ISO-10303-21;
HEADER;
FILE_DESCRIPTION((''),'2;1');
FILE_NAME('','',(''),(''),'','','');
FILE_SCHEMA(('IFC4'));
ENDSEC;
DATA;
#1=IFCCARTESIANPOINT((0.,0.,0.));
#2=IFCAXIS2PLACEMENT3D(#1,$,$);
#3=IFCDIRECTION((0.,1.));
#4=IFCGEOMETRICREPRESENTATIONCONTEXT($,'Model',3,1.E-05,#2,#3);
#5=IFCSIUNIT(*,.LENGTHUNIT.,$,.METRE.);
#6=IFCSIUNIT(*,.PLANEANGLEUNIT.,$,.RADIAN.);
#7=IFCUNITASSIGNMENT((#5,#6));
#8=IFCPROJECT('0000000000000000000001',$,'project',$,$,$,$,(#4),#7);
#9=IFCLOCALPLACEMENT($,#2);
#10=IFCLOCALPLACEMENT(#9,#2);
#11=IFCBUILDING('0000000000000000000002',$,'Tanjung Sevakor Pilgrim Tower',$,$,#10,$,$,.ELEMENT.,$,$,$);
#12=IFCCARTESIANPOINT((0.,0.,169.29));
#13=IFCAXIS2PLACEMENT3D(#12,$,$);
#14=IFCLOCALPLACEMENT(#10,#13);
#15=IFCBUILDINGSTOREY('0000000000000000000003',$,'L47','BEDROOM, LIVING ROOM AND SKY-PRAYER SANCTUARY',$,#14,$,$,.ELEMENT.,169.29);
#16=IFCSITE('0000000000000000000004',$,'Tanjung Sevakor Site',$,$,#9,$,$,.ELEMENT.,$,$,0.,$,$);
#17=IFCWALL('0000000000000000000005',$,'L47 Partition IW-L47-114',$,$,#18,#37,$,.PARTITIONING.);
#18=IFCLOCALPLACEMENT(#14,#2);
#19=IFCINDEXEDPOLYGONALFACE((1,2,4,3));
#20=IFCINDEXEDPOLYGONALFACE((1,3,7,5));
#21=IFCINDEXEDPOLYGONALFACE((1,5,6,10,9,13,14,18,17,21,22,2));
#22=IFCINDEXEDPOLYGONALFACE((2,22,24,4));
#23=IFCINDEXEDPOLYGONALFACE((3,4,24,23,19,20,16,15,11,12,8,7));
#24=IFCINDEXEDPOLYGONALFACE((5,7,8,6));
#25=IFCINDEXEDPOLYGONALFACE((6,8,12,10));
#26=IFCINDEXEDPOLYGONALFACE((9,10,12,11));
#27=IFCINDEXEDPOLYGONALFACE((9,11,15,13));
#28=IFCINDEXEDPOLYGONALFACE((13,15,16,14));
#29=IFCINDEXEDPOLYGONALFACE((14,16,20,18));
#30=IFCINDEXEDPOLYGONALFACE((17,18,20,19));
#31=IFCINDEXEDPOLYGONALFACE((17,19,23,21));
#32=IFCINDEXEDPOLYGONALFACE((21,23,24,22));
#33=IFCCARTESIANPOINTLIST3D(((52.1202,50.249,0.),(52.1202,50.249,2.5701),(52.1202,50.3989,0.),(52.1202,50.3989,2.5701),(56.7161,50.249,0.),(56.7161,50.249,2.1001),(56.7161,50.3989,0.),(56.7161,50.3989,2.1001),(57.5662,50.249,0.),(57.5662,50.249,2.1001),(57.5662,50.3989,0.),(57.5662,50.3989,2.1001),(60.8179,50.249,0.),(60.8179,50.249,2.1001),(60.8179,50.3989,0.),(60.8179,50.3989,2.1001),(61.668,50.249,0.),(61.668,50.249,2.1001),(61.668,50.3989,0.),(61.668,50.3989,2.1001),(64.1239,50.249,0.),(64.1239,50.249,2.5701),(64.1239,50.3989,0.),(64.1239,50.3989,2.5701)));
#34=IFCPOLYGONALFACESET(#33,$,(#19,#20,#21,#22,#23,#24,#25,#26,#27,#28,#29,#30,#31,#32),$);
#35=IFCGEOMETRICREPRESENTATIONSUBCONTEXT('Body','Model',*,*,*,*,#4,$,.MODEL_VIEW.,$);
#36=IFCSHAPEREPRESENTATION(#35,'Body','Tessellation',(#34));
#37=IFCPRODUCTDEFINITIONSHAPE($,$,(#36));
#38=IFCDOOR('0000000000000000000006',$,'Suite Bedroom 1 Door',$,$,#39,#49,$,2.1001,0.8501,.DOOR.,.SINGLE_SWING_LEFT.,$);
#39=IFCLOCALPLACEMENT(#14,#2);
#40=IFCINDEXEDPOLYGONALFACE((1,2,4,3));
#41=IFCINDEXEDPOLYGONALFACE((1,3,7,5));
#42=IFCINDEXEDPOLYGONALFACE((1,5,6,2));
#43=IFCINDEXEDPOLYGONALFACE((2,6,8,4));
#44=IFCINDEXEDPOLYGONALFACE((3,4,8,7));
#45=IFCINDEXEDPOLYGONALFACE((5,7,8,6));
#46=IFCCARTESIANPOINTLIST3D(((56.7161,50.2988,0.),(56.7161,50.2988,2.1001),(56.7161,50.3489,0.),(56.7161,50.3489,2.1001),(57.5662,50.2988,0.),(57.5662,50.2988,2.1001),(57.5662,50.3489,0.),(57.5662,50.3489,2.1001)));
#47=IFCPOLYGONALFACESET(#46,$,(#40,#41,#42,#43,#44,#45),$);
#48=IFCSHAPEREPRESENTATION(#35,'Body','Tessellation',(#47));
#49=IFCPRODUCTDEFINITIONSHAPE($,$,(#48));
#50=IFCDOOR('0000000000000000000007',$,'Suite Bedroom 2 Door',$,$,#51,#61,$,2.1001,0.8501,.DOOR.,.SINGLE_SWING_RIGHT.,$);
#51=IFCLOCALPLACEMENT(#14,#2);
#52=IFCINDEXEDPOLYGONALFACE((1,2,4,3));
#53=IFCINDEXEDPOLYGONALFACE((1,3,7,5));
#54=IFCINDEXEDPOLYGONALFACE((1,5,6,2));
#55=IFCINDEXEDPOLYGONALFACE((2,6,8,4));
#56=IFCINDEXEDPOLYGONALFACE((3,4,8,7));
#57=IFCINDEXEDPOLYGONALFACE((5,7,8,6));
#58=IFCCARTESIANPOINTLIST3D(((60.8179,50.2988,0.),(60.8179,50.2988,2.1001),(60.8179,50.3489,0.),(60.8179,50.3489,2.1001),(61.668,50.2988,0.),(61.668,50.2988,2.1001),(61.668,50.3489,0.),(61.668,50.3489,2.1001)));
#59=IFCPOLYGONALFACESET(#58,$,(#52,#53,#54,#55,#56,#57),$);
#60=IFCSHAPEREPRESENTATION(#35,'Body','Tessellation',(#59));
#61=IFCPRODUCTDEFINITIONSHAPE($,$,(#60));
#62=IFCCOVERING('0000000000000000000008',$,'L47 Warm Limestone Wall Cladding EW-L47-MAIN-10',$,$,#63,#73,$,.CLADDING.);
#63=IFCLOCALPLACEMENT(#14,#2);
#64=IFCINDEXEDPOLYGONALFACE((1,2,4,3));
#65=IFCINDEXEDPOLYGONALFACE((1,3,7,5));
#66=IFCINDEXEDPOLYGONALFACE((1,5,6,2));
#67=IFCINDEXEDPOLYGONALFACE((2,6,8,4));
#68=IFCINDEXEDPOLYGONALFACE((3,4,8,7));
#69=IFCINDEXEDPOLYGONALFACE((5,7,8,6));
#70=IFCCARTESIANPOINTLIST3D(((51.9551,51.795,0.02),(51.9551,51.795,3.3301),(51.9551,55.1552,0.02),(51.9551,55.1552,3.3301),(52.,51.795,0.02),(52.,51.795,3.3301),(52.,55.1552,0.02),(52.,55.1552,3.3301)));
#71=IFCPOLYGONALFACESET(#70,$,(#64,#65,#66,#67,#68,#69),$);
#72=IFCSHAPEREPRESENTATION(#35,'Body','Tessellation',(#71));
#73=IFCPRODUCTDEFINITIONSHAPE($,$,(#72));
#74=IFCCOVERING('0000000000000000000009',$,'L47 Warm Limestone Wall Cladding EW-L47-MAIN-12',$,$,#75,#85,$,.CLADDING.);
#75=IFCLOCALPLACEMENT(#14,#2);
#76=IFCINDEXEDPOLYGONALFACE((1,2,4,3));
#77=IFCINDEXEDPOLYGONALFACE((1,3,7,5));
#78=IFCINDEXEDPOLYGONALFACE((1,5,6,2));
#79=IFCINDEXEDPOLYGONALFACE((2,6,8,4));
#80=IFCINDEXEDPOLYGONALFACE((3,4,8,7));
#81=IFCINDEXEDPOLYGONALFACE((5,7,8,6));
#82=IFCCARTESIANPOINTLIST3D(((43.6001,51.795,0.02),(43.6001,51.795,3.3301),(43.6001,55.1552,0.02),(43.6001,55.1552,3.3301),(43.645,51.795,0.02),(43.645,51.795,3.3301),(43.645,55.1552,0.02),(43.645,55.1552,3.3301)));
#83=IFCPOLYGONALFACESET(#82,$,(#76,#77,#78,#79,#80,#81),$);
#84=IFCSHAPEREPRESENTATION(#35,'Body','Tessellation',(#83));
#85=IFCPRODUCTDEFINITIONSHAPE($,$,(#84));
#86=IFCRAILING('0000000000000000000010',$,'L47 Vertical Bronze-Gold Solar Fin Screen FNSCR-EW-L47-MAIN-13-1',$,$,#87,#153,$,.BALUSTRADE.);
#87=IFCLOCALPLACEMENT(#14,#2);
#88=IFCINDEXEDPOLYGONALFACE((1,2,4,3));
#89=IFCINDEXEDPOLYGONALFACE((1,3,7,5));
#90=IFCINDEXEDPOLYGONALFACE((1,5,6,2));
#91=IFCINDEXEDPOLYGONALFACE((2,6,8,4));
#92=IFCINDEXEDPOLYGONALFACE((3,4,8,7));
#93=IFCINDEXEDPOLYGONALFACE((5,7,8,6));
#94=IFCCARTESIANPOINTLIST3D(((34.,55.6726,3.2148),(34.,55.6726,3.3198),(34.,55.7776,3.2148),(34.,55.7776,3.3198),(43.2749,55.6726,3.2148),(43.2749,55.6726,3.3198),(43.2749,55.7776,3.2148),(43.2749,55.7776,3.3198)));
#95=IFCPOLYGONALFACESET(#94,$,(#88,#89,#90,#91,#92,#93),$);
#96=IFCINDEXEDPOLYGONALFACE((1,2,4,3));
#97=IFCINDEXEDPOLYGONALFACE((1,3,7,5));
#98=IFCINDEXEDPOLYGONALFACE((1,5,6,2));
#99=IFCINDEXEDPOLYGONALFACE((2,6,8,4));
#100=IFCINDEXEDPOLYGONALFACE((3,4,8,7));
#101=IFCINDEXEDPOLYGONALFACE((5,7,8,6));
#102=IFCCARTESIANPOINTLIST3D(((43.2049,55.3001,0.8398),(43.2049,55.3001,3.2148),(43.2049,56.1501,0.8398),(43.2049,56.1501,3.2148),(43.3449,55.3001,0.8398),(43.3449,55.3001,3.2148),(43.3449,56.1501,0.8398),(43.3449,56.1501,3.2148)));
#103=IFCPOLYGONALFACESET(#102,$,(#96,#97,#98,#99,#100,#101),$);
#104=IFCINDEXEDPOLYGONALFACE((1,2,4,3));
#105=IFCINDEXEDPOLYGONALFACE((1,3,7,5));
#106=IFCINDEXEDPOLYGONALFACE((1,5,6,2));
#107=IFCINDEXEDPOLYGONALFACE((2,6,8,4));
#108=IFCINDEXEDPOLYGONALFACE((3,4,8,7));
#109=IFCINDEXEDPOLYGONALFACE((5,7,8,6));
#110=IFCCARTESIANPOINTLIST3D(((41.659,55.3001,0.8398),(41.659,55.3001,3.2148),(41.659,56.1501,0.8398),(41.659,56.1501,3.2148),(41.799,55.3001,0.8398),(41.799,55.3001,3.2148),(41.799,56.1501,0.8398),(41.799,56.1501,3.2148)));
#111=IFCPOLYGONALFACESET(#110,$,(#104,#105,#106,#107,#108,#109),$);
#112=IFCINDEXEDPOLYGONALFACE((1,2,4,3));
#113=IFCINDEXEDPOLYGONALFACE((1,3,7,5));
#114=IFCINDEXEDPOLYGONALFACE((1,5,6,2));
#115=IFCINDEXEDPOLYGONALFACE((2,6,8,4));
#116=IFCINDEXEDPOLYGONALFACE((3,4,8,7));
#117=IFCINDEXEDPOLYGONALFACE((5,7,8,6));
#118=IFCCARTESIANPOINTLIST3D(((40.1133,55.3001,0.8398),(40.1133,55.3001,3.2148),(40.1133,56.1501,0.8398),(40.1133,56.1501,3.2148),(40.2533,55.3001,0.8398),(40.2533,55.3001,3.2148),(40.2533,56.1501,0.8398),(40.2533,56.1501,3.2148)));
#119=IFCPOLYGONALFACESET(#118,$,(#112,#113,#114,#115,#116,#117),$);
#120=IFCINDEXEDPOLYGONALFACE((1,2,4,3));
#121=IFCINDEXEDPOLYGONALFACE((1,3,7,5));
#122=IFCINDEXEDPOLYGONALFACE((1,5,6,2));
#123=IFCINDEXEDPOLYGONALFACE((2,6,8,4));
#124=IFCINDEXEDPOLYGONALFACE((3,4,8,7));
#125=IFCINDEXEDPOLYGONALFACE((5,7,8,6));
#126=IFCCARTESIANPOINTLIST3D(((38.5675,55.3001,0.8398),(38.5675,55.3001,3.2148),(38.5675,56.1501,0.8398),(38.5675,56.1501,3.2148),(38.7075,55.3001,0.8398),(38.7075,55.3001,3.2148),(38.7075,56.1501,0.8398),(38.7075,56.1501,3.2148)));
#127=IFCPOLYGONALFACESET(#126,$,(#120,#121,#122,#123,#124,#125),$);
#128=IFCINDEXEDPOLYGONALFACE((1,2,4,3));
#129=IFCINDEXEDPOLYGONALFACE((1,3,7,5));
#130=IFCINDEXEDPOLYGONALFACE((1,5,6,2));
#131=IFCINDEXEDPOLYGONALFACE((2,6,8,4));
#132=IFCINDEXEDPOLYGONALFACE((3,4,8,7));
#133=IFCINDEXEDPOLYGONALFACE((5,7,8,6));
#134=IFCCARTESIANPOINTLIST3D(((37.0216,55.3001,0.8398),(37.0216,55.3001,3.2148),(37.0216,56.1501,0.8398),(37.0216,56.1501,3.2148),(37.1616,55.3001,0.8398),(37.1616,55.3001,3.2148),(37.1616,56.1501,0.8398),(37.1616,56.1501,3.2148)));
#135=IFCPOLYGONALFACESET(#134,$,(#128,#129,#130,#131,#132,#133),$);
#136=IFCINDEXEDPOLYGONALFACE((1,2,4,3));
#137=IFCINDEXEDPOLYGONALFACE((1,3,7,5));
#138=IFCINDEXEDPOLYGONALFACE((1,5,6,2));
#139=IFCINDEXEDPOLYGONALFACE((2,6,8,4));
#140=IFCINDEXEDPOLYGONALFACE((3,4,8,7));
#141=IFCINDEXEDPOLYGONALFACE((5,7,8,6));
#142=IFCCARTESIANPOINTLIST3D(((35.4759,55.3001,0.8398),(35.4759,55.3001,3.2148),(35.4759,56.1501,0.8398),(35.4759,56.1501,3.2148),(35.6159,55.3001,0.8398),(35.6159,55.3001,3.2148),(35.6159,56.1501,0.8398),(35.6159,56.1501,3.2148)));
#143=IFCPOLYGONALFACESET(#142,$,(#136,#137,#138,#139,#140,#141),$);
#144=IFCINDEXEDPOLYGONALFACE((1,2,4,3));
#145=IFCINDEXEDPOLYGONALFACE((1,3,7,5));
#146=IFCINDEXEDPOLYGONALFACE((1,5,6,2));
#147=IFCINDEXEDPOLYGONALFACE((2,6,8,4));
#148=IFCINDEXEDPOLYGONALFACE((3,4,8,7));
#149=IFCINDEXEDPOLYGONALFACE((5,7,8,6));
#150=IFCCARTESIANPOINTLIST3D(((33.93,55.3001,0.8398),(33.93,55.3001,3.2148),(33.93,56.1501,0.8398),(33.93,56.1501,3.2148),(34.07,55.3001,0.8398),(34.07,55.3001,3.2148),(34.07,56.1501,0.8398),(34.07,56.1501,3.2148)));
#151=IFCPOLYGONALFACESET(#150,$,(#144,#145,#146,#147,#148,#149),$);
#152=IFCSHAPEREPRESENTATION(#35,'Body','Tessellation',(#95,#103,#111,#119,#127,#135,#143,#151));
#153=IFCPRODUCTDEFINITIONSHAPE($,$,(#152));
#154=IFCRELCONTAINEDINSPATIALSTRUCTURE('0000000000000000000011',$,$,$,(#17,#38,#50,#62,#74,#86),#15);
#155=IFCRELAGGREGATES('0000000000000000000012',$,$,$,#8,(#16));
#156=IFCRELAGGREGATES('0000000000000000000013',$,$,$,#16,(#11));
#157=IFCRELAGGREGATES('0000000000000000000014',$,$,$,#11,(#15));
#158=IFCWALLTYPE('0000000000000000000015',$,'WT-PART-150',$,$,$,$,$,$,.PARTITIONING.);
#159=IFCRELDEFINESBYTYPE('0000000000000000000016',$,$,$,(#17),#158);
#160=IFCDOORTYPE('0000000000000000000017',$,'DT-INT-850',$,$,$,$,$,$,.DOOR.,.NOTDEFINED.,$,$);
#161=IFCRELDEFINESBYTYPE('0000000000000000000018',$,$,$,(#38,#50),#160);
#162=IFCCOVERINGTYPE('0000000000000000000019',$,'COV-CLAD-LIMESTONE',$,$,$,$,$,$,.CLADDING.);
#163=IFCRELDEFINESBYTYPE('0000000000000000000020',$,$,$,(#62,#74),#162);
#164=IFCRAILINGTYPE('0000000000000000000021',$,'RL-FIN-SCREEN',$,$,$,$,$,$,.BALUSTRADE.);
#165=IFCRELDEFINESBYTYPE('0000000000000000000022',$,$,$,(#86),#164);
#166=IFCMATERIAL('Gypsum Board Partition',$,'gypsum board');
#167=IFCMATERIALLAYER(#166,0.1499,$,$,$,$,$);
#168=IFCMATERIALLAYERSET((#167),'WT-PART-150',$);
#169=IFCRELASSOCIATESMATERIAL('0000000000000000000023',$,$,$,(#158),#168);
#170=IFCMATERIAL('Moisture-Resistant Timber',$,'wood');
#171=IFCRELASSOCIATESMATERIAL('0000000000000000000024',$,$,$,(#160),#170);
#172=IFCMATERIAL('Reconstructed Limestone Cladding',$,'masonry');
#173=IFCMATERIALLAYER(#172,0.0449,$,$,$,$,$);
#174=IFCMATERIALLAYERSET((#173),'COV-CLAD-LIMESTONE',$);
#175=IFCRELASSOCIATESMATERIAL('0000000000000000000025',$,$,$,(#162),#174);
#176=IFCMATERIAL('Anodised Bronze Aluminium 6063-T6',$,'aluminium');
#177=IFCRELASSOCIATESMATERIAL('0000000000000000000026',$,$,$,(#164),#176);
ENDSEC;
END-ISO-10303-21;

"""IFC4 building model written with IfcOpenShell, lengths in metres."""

from ifc_helpers import new_model, si_unit, direction, frame, frame_2d, origin, origin_2d, place, context, subcontext, project, spatial, rectangle, extrude, material, layer, layer_set, type_object, element, fill, save


model = new_model("IFC4")

# Units and contexts
model_context = context("Model", 3, precision=1e-05, world=origin(), true_north=direction((0.0, 1.0)))
body_context = subcontext(model_context, "Body", "Model", "MODEL_VIEW")
ifc_project = project(units=[si_unit("LENGTHUNIT", "METRE"), si_unit("PLANEANGLEUNIT", "RADIAN")], contexts=[model_context])

# Site, building, storey
site_placement = place(None, origin())
site = spatial("IfcSite", under=ifc_project, at=site_placement, Name="Tanjung Sevakor Site", CompositionType="ELEMENT", RefElevation=0.0)
building_placement = place(site_placement, origin())
building = spatial("IfcBuilding", under=site, at=building_placement, Name="Tanjung Sevakor Pilgrim Tower", CompositionType="ELEMENT")
storey_placement = place(building_placement, frame((0.0, 0.0, 169.29)))
storey = spatial("IfcBuildingStorey", under=building, at=storey_placement, Name="L47", Description="BEDROOM, LIVING ROOM AND SKY-PRAYER SANCTUARY", CompositionType="ELEMENT", Elevation=169.29)

# Shared definitions
ifc_material_1 = material(Name="Gypsum Board Partition", Category="gypsum board")
ifc_layer_1 = layer(ifc_material_1, 0.1499)
ifc_layer_set_1 = layer_set([ifc_layer_1], Name="WT-PART-150")
wall_type_1 = type_object("IfcWallType", Name="WT-PART-150", PredefinedType="PARTITIONING", material=ifc_layer_set_1)

# Wall, openings, doors
wall_1_placement = place(storey_placement, frame((52.1201, 50.324, 0.0), z_axis=(0.0, 0.0, 1.0), x_axis=(1.0, 0.0, 0.0)))
wall_1 = element("IfcWall", 1, at=wall_1_placement, inside=storey, type_object=wall_type_1, Name="L47 Partition IW-L47-114", PredefinedType="PARTITIONING", context=body_context, shape_type="SweptSolid", body=[
    extrude(rectangle(XDim=12.0037, YDim=0.1499, at=frame_2d((6.002, 0.0))), origin(), (0.0, 0.0, 1.0), 2.5701),
])
opening_1_placement = place(wall_1_placement, frame((4.5959, 0.0, 0.0)))
opening_1 = element("IfcOpeningElement", 2, at=opening_1_placement, cuts=wall_1, PredefinedType="OPENING", context=body_context, shape_type="SweptSolid", body=[
    extrude(rectangle(XDim=0.8501, YDim=2.1001, at=frame_2d((0.425, 1.05))), frame((0.0, 0.085, 0.0), z_axis=(0.0, -1.0, 0.0), x_axis=(1.0, 0.0, 0.0)), (0.0, 0.0, 1.0), 0.1699),
])
opening_2_placement = place(wall_1_placement, frame((8.6978, 0.0, 0.0)))
opening_2 = element("IfcOpeningElement", 3, at=opening_2_placement, cuts=wall_1, PredefinedType="OPENING", context=body_context, shape_type="SweptSolid", body=[
    extrude(rectangle(XDim=0.8501, YDim=2.1001, at=frame_2d((0.425, 1.05))), frame((0.0, 0.085, 0.0), z_axis=(0.0, -1.0, 0.0), x_axis=(1.0, 0.0, 0.0)), (0.0, 0.0, 1.0), 0.1699),
])
ifc_material_2 = material(Name="Moisture-Resistant Timber", Category="wood")
door_type_1 = type_object("IfcDoorType", Name="DT-INT-850", OperationType="NOTDEFINED", PredefinedType="DOOR", material=ifc_material_2)
door_1_placement = place(opening_1_placement, origin())
door_1 = element("IfcDoor", 4, at=door_1_placement, inside=storey, type_object=door_type_1, Name="Suite Bedroom 1 Door", OperationType="SINGLE_SWING_LEFT", OverallHeight=2.1001, OverallWidth=0.8501, PredefinedType="DOOR", context=body_context, shape_type="SweptSolid", body=[
    extrude(rectangle(XDim=0.8501, YDim=2.1001, at=frame_2d((0.425, 1.05))), frame((0.0, 0.0249, 0.0), z_axis=(0.0, -1.0, 0.0), x_axis=(1.0, 0.0, 0.0)), (0.0, 0.0, 1.0), 0.05),
])
fill(opening_1, door_1)
door_2_placement = place(opening_2_placement, origin())
door_2 = element("IfcDoor", 5, at=door_2_placement, inside=storey, type_object=door_type_1, Name="Suite Bedroom 2 Door", OperationType="SINGLE_SWING_RIGHT", OverallHeight=2.1001, OverallWidth=0.8501, PredefinedType="DOOR", context=body_context, shape_type="SweptSolid", body=[
    extrude(rectangle(XDim=0.8501, YDim=2.1001, at=frame_2d((0.425, 1.05))), frame((0.0, 0.0249, 0.0), z_axis=(0.0, -1.0, 0.0), x_axis=(1.0, 0.0, 0.0)), (0.0, 0.0, 1.0), 0.05),
])
fill(opening_2, door_2)

# Coverings
ifc_material_3 = material(Name="Reconstructed Limestone Cladding", Category="masonry")
ifc_layer_2 = layer(ifc_material_3, 0.0449)
ifc_layer_set_2 = layer_set([ifc_layer_2], Name="COV-CLAD-LIMESTONE")
covering_type = type_object("IfcCoveringType", Name="COV-CLAD-LIMESTONE", PredefinedType="CLADDING", material=ifc_layer_set_2)
for number, where, z_axis, x_axis, name in (
    (6, (51.9775, 53.4751, 0.02), (0.0, 0.0, 1.0), (0.0, -1.0, 0.0), "L47 Warm Limestone Wall Cladding EW-L47-MAIN-10"),
    (7, (43.6226, 53.4751, 0.02), (0.0, 0.0, 1.0), (0.0, 1.0, 0.0), "L47 Warm Limestone Wall Cladding EW-L47-MAIN-12"),
):
    element("IfcCovering", number, at=place(storey_placement, frame(where, z_axis=z_axis, x_axis=x_axis)), inside=storey, type_object=covering_type, Name=name, PredefinedType="CLADDING", context=body_context, shape_type="SweptSolid", body=[
        extrude(rectangle(XDim=3.3601, YDim=0.0449, at=origin_2d()), origin(), (0.0, 0.0, 1.0), 3.3101),
    ])

# Railing
ifc_material_4 = material(Name="Anodised Bronze Aluminium 6063-T6", Category="aluminium")
railing_type = type_object("IfcRailingType", Name="RL-FIN-SCREEN", PredefinedType="BALUSTRADE", material=ifc_material_4)
railing_placement = place(storey_placement, frame((43.2749, 55.7251, 0.8398)))
element("IfcRailing", 8, at=railing_placement, inside=storey, type_object=railing_type, Name="L47 Vertical Bronze-Gold Solar Fin Screen FNSCR-EW-L47-MAIN-13-1", PredefinedType="BALUSTRADE", context=body_context, shape_type="SweptSolid", body=[
    extrude(rectangle(XDim=0.105, YDim=0.105), frame((0.0, 0.0, 2.4275), z_axis=(-1.0, 0.0, 0.0), x_axis=(0.0, -1.0, 0.0)), (0.0, 0.0, 1.0), 9.2749),
    extrude(rectangle(XDim=0.14, YDim=0.85), origin(), (0.0, 0.0, 1.0), 2.375),
    extrude(rectangle(XDim=0.14, YDim=0.85), frame((-1.5459, 0.0, 0.0)), (0.0, 0.0, 1.0), 2.375),
    extrude(rectangle(XDim=0.14, YDim=0.85), frame((-3.0916, 0.0, 0.0)), (0.0, 0.0, 1.0), 2.375),
    extrude(rectangle(XDim=0.14, YDim=0.85), frame((-4.6375, 0.0, 0.0)), (0.0, 0.0, 1.0), 2.375),
    extrude(rectangle(XDim=0.14, YDim=0.85), frame((-6.1833, 0.0, 0.0)), (0.0, 0.0, 1.0), 2.375),
    extrude(rectangle(XDim=0.14, YDim=0.85), frame((-7.729, 0.0, 0.0)), (0.0, 0.0, 1.0), 2.375),
    extrude(rectangle(XDim=0.14, YDim=0.85), frame((-9.2749, 0.0, 0.0)), (0.0, 0.0, 1.0), 2.375),
])

save(model, "model.ifc")
